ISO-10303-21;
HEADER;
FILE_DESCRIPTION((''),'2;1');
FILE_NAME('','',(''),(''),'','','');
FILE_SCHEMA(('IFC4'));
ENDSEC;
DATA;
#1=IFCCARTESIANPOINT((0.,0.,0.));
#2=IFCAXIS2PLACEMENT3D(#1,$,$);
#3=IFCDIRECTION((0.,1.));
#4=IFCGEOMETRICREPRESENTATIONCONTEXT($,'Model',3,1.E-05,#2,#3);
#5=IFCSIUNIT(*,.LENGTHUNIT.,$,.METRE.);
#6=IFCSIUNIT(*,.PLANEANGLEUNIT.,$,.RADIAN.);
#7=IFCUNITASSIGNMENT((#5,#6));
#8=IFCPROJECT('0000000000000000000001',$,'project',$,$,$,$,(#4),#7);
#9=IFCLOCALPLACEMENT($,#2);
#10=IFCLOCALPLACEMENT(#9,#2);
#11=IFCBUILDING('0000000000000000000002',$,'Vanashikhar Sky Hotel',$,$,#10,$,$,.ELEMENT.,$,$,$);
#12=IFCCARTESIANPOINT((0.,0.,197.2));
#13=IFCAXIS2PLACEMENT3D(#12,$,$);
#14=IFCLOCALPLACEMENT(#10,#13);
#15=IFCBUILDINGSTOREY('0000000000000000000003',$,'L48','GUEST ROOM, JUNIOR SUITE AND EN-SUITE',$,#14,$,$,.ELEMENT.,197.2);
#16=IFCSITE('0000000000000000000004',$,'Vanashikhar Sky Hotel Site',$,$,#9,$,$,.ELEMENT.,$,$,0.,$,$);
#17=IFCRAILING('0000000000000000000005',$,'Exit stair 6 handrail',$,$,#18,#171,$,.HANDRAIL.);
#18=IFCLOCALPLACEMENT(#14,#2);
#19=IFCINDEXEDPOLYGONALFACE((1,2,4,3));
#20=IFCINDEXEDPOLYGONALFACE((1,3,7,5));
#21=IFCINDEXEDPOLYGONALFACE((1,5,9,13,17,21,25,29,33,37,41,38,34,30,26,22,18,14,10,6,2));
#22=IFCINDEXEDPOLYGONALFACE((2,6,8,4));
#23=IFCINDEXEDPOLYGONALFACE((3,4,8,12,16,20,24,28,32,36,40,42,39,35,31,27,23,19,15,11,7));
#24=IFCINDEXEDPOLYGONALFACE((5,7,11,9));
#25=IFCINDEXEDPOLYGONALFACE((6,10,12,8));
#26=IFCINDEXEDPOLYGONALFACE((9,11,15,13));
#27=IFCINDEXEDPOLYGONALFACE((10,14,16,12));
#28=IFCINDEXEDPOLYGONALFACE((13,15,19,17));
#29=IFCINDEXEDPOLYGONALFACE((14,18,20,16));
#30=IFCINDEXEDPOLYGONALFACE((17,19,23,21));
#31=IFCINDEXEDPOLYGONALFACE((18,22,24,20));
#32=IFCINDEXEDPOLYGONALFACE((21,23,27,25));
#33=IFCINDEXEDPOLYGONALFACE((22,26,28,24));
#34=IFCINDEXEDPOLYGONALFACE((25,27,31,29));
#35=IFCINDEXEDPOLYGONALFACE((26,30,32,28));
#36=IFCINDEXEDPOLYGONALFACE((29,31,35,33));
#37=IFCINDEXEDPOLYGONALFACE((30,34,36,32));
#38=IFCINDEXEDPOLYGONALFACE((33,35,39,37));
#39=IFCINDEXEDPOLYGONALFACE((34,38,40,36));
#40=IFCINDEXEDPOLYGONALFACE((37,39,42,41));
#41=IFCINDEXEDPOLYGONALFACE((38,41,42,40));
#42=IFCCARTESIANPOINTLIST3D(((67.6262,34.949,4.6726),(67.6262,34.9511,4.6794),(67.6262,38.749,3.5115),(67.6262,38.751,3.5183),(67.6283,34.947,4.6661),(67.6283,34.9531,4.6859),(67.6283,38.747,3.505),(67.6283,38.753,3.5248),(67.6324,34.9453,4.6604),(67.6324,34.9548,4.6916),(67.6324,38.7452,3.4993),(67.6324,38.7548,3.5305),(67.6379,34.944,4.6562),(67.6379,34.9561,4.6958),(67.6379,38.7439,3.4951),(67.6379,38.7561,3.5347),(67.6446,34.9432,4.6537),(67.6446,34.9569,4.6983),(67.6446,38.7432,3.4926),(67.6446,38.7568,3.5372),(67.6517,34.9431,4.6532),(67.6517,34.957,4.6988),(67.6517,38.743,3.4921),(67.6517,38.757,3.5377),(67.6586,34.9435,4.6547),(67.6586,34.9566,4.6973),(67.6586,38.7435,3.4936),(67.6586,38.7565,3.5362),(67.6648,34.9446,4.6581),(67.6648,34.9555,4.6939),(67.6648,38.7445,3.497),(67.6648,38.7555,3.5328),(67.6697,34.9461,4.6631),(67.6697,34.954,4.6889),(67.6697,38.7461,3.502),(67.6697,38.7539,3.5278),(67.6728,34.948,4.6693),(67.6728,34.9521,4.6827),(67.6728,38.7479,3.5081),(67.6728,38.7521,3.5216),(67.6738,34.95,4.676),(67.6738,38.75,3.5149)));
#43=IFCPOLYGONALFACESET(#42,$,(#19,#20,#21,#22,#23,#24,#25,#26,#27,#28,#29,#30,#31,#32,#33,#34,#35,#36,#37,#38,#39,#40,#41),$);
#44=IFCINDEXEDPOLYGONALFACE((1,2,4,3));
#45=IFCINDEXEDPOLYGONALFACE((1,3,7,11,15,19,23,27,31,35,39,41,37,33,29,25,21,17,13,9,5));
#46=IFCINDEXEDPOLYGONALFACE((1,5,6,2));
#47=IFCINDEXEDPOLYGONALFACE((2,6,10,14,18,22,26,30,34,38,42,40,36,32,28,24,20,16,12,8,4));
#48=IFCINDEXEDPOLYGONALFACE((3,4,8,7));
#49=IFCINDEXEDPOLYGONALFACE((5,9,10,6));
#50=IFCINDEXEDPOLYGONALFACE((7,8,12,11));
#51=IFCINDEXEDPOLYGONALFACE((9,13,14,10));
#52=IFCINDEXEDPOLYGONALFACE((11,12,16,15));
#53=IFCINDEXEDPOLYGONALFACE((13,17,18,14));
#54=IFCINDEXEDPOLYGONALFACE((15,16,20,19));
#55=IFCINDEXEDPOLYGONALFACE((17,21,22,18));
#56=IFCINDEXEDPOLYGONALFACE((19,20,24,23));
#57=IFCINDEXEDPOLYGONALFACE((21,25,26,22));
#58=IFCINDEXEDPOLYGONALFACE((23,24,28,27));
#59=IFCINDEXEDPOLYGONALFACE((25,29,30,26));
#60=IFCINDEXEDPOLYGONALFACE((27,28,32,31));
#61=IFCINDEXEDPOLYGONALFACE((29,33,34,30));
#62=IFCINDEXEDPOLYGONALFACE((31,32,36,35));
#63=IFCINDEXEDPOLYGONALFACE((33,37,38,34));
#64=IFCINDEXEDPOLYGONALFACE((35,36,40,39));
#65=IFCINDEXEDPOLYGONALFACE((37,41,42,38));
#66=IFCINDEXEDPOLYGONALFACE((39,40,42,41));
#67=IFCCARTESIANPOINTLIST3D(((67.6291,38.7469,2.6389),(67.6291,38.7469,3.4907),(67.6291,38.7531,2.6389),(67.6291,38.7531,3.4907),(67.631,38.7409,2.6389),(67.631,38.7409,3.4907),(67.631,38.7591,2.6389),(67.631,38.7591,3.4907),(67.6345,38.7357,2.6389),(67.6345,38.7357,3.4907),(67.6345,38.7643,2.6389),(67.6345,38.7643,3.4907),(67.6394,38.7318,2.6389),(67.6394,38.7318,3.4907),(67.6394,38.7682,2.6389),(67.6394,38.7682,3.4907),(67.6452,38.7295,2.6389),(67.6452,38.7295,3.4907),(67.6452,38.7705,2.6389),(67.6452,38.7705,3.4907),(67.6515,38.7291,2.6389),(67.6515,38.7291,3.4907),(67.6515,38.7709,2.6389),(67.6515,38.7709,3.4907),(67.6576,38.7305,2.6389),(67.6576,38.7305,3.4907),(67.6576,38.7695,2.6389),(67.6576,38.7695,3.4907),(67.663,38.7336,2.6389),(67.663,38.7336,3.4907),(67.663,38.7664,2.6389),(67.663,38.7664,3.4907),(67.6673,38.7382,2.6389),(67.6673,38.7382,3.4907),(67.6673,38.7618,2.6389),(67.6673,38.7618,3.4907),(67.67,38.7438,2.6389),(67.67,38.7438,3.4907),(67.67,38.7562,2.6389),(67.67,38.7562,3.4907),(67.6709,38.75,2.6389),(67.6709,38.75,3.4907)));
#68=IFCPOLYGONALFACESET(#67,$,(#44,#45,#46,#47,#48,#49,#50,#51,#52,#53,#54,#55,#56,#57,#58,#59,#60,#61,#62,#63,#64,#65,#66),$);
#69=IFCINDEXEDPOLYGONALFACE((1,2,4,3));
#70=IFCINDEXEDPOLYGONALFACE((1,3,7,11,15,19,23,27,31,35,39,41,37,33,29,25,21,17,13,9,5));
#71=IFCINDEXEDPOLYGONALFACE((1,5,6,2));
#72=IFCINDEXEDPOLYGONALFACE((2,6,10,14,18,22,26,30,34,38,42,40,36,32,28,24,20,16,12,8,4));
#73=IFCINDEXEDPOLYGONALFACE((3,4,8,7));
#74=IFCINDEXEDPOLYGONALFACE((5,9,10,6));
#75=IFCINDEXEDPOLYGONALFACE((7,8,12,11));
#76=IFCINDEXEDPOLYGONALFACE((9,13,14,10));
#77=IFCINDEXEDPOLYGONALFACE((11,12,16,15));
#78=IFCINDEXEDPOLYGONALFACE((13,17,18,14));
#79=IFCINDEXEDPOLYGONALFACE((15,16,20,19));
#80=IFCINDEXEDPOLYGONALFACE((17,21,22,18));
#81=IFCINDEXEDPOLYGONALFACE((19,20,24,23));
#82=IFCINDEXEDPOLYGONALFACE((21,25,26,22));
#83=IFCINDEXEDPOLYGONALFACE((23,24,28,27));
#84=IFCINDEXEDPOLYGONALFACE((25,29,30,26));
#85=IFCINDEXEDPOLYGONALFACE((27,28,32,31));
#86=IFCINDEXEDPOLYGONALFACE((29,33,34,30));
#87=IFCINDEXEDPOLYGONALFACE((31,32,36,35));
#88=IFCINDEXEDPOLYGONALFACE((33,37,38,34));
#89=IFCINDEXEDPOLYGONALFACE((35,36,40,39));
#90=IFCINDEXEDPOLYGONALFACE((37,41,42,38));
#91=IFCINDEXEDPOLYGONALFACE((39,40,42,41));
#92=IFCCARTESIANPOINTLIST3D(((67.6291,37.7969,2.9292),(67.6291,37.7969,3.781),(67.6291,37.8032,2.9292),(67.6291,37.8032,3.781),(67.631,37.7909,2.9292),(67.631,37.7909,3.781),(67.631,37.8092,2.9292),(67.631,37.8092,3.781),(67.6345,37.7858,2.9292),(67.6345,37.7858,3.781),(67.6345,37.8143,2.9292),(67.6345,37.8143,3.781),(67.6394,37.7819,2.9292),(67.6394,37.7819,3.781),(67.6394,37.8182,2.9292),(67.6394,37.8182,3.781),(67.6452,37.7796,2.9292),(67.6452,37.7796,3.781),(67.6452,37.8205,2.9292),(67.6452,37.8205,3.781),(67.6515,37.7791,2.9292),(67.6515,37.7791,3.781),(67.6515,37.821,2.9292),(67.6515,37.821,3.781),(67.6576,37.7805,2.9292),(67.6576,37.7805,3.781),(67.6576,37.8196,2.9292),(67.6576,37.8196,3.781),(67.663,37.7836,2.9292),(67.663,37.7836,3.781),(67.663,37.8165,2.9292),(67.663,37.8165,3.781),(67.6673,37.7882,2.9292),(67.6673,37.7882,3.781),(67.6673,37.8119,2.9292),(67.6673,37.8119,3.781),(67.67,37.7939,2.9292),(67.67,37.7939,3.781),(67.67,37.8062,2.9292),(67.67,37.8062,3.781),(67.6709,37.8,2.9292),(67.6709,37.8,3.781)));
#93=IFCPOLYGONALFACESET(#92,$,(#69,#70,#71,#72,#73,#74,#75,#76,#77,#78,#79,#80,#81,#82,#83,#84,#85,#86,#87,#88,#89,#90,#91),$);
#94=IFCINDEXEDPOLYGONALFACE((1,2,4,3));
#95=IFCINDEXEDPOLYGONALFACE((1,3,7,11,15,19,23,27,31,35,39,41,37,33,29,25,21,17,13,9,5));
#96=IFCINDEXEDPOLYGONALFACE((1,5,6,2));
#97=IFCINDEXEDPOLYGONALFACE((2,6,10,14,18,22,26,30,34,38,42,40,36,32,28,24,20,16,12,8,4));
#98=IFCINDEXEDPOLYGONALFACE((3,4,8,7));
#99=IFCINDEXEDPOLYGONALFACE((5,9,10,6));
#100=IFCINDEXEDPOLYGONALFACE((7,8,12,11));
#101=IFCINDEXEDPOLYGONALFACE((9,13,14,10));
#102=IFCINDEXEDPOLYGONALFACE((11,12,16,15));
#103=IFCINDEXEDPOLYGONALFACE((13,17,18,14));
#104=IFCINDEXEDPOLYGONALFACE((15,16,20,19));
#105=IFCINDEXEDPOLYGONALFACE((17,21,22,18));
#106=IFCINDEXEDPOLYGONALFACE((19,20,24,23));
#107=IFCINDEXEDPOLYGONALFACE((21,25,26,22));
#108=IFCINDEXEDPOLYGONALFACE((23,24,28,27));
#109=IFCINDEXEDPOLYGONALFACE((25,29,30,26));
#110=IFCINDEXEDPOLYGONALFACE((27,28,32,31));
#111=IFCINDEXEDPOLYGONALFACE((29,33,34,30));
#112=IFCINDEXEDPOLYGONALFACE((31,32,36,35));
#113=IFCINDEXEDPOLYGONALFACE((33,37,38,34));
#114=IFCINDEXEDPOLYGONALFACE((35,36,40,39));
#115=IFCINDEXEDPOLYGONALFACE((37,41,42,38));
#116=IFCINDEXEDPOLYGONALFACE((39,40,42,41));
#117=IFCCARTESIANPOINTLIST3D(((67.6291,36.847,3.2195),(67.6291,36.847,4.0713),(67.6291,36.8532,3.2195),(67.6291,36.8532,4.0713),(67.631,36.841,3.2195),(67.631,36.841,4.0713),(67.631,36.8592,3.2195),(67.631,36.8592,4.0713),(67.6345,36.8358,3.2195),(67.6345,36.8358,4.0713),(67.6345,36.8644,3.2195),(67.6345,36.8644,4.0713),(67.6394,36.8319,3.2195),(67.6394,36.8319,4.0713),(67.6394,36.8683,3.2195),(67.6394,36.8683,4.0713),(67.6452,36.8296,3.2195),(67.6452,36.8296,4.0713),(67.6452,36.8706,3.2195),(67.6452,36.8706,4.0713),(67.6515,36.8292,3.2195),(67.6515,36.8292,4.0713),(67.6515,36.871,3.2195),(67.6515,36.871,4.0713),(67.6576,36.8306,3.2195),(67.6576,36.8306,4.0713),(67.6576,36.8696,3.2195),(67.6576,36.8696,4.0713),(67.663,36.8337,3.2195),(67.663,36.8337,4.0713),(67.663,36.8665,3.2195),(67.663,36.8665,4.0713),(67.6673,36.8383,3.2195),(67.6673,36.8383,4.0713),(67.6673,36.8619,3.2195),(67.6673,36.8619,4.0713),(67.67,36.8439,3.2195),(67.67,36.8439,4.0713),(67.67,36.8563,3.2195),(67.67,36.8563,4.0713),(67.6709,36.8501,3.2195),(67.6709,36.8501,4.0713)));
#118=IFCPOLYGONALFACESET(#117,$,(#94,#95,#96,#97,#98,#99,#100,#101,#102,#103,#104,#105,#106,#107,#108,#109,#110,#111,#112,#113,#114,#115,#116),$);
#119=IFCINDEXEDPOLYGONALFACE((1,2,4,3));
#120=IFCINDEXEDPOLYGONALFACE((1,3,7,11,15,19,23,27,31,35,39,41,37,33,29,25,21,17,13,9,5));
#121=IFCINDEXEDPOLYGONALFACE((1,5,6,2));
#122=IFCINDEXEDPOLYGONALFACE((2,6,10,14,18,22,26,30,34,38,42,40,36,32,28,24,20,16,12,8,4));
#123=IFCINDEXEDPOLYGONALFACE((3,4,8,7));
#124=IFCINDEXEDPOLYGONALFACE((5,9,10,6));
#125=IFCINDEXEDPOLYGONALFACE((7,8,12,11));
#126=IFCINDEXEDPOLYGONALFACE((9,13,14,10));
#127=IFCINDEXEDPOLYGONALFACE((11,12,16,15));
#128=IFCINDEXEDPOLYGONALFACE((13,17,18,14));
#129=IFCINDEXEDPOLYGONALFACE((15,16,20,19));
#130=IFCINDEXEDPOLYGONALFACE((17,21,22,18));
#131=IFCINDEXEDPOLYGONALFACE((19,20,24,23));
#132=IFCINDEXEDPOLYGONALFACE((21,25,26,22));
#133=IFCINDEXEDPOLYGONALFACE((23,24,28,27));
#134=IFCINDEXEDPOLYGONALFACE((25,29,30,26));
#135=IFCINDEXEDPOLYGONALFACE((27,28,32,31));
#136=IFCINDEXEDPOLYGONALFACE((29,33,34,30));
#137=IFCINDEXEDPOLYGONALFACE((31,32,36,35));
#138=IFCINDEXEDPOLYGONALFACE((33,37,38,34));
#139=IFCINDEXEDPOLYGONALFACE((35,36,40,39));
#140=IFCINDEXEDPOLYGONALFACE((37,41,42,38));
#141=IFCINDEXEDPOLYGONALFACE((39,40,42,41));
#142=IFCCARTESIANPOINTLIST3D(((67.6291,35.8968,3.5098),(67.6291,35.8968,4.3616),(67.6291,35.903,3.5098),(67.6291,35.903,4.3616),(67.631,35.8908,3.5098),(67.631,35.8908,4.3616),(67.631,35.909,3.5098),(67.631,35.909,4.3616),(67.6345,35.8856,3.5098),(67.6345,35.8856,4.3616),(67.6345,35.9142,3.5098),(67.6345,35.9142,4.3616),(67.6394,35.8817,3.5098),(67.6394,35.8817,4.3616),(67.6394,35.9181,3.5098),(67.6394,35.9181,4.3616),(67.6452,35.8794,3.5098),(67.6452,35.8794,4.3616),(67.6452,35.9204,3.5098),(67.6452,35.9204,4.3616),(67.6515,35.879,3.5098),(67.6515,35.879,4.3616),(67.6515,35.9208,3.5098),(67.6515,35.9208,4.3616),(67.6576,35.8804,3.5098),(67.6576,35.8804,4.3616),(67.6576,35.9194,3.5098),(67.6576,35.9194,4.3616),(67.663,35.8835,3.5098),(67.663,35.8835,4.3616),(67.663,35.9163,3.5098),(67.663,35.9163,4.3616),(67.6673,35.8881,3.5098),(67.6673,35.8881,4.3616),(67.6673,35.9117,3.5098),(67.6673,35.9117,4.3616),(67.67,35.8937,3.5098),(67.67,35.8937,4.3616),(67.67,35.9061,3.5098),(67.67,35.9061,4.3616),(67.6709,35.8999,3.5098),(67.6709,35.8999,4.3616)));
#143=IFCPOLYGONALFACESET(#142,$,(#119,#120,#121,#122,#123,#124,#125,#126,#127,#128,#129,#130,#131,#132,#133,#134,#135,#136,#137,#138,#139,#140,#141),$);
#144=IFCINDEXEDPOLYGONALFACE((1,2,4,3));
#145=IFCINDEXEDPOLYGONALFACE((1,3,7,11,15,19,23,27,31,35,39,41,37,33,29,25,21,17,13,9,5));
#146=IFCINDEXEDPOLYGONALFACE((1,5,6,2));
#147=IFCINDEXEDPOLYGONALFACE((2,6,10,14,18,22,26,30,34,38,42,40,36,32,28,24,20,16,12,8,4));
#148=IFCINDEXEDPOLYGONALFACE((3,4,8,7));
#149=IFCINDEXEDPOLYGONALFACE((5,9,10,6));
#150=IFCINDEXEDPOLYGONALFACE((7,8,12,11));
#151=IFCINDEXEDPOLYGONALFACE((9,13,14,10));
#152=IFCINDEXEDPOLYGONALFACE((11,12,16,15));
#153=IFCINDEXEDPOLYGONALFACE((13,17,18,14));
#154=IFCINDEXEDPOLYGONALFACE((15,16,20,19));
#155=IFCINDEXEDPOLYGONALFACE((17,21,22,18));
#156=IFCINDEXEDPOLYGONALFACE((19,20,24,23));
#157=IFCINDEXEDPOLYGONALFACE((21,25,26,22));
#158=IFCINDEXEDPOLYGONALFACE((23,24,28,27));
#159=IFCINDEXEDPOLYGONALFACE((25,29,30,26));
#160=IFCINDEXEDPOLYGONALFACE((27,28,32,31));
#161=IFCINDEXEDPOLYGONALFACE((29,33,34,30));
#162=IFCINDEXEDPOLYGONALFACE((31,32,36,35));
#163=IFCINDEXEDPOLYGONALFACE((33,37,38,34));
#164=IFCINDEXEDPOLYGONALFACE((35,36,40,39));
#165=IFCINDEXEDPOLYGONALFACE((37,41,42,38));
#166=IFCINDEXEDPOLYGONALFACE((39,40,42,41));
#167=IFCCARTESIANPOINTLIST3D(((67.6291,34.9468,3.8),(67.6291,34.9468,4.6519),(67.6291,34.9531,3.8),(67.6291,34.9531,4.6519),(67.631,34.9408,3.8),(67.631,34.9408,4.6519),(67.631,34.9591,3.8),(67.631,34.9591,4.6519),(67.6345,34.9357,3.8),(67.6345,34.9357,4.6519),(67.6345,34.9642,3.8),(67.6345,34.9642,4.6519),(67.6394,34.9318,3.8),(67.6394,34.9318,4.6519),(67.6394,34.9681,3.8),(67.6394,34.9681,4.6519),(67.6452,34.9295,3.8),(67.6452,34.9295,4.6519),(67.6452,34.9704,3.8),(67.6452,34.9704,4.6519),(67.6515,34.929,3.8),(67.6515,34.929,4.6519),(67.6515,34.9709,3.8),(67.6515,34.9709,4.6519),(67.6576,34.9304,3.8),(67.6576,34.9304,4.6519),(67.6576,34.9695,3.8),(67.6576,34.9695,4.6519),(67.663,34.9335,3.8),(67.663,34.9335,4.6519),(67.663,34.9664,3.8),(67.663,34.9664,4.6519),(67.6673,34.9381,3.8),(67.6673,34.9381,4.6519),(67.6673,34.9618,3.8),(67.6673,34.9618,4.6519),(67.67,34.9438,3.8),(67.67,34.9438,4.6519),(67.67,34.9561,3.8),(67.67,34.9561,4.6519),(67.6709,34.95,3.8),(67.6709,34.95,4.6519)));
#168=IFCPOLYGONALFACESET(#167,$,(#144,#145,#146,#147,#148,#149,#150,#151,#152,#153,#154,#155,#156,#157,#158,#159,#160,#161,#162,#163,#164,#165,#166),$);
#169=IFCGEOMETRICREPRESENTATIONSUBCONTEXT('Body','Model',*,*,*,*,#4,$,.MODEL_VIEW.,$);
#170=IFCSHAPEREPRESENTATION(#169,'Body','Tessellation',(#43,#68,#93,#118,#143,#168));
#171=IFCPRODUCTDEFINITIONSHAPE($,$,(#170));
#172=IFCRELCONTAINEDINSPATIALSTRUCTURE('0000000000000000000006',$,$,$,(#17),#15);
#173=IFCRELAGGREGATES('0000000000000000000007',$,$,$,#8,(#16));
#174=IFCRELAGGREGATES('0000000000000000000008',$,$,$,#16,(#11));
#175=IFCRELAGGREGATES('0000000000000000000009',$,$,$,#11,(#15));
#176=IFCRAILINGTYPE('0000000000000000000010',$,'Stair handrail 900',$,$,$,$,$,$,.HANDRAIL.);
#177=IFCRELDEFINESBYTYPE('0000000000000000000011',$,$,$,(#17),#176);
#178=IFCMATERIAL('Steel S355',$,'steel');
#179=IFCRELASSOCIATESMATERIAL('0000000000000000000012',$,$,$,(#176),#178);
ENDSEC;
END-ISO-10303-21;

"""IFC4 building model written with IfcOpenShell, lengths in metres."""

from ifc_helpers import new_model, si_unit, direction, frame, origin, origin_2d, place, context, subcontext, project, spatial, circle, extrude, source, transform, mapped, material, type_object, element, save


model = new_model("IFC4")

# Units and contexts
model_context = context("Model", 3, precision=1e-05, world=origin(), true_north=direction((0.0, 1.0)))
body_context = subcontext(model_context, "Body", "Model", "MODEL_VIEW")
ifc_project = project(units=[si_unit("LENGTHUNIT", "METRE"), si_unit("PLANEANGLEUNIT", "RADIAN")], contexts=[model_context])

# Site, building, storey
site_placement = place(None, origin())
site = spatial("IfcSite", under=ifc_project, at=site_placement, Name="Vanashikhar Sky Hotel Site", CompositionType="ELEMENT", RefElevation=0.0)
building_placement = place(site_placement, origin())
building = spatial("IfcBuilding", under=site, at=building_placement, Name="Vanashikhar Sky Hotel", CompositionType="ELEMENT")
storey_placement = place(building_placement, frame((0.0, 0.0, 197.2)))
storey = spatial("IfcBuildingStorey", under=building, at=storey_placement, Name="L48", Description="GUEST ROOM, JUNIOR SUITE AND EN-SUITE", CompositionType="ELEMENT", Elevation=197.2)

# Railing
ifc_material_1 = material(Name="Steel S355", Category="steel")
railing_type_1 = type_object("IfcRailingType", Name="Stair handrail 900", PredefinedType="HANDRAIL", material=ifc_material_1)
shared_shape_1 = source(origin(), body_context, "Body", "SweptSolid", [
    extrude(circle(Radius=0.0239, at=origin_2d()), frame((0.0, 0.0, 0.876), z_axis=(0.0, -0.956351, 0.29222), x_axis=(1.0, 0.0, 0.0)), (0.0, 0.0, 1.0), 3.9734),
    extrude(circle(Radius=0.021, at=origin_2d()), origin(), (0.0, 0.0, 1.0), 0.8518),
    extrude(circle(Radius=0.021, at=origin_2d()), frame((0.0, -0.95, 0.2903)), (0.0, 0.0, 1.0), 0.8518),
    extrude(circle(Radius=0.021, at=origin_2d()), frame((0.0, -1.8999, 0.5806)), (0.0, 0.0, 1.0), 0.8518),
    extrude(circle(Radius=0.021, at=origin_2d()), frame((0.0, -2.8501, 0.8708)), (0.0, 0.0, 1.0), 0.8518),
    extrude(circle(Radius=0.021, at=origin_2d()), frame((0.0, -3.8, 1.1611)), (0.0, 0.0, 1.0), 0.8518),
])
for number, where, name in (
    (1, (67.6499, 38.75, 2.6389), "Exit stair 6 handrail"),
):
    element("IfcRailing", number, at=place(storey_placement, frame(where)), inside=storey, type_object=railing_type_1, Name=name, PredefinedType="HANDRAIL", context=body_context, shape_type="MappedRepresentation", body=[
        mapped(shared_shape_1, transform((0.0, 0.0, 0.0), scale=1.0)),
    ])

save(model, "model.ifc")
